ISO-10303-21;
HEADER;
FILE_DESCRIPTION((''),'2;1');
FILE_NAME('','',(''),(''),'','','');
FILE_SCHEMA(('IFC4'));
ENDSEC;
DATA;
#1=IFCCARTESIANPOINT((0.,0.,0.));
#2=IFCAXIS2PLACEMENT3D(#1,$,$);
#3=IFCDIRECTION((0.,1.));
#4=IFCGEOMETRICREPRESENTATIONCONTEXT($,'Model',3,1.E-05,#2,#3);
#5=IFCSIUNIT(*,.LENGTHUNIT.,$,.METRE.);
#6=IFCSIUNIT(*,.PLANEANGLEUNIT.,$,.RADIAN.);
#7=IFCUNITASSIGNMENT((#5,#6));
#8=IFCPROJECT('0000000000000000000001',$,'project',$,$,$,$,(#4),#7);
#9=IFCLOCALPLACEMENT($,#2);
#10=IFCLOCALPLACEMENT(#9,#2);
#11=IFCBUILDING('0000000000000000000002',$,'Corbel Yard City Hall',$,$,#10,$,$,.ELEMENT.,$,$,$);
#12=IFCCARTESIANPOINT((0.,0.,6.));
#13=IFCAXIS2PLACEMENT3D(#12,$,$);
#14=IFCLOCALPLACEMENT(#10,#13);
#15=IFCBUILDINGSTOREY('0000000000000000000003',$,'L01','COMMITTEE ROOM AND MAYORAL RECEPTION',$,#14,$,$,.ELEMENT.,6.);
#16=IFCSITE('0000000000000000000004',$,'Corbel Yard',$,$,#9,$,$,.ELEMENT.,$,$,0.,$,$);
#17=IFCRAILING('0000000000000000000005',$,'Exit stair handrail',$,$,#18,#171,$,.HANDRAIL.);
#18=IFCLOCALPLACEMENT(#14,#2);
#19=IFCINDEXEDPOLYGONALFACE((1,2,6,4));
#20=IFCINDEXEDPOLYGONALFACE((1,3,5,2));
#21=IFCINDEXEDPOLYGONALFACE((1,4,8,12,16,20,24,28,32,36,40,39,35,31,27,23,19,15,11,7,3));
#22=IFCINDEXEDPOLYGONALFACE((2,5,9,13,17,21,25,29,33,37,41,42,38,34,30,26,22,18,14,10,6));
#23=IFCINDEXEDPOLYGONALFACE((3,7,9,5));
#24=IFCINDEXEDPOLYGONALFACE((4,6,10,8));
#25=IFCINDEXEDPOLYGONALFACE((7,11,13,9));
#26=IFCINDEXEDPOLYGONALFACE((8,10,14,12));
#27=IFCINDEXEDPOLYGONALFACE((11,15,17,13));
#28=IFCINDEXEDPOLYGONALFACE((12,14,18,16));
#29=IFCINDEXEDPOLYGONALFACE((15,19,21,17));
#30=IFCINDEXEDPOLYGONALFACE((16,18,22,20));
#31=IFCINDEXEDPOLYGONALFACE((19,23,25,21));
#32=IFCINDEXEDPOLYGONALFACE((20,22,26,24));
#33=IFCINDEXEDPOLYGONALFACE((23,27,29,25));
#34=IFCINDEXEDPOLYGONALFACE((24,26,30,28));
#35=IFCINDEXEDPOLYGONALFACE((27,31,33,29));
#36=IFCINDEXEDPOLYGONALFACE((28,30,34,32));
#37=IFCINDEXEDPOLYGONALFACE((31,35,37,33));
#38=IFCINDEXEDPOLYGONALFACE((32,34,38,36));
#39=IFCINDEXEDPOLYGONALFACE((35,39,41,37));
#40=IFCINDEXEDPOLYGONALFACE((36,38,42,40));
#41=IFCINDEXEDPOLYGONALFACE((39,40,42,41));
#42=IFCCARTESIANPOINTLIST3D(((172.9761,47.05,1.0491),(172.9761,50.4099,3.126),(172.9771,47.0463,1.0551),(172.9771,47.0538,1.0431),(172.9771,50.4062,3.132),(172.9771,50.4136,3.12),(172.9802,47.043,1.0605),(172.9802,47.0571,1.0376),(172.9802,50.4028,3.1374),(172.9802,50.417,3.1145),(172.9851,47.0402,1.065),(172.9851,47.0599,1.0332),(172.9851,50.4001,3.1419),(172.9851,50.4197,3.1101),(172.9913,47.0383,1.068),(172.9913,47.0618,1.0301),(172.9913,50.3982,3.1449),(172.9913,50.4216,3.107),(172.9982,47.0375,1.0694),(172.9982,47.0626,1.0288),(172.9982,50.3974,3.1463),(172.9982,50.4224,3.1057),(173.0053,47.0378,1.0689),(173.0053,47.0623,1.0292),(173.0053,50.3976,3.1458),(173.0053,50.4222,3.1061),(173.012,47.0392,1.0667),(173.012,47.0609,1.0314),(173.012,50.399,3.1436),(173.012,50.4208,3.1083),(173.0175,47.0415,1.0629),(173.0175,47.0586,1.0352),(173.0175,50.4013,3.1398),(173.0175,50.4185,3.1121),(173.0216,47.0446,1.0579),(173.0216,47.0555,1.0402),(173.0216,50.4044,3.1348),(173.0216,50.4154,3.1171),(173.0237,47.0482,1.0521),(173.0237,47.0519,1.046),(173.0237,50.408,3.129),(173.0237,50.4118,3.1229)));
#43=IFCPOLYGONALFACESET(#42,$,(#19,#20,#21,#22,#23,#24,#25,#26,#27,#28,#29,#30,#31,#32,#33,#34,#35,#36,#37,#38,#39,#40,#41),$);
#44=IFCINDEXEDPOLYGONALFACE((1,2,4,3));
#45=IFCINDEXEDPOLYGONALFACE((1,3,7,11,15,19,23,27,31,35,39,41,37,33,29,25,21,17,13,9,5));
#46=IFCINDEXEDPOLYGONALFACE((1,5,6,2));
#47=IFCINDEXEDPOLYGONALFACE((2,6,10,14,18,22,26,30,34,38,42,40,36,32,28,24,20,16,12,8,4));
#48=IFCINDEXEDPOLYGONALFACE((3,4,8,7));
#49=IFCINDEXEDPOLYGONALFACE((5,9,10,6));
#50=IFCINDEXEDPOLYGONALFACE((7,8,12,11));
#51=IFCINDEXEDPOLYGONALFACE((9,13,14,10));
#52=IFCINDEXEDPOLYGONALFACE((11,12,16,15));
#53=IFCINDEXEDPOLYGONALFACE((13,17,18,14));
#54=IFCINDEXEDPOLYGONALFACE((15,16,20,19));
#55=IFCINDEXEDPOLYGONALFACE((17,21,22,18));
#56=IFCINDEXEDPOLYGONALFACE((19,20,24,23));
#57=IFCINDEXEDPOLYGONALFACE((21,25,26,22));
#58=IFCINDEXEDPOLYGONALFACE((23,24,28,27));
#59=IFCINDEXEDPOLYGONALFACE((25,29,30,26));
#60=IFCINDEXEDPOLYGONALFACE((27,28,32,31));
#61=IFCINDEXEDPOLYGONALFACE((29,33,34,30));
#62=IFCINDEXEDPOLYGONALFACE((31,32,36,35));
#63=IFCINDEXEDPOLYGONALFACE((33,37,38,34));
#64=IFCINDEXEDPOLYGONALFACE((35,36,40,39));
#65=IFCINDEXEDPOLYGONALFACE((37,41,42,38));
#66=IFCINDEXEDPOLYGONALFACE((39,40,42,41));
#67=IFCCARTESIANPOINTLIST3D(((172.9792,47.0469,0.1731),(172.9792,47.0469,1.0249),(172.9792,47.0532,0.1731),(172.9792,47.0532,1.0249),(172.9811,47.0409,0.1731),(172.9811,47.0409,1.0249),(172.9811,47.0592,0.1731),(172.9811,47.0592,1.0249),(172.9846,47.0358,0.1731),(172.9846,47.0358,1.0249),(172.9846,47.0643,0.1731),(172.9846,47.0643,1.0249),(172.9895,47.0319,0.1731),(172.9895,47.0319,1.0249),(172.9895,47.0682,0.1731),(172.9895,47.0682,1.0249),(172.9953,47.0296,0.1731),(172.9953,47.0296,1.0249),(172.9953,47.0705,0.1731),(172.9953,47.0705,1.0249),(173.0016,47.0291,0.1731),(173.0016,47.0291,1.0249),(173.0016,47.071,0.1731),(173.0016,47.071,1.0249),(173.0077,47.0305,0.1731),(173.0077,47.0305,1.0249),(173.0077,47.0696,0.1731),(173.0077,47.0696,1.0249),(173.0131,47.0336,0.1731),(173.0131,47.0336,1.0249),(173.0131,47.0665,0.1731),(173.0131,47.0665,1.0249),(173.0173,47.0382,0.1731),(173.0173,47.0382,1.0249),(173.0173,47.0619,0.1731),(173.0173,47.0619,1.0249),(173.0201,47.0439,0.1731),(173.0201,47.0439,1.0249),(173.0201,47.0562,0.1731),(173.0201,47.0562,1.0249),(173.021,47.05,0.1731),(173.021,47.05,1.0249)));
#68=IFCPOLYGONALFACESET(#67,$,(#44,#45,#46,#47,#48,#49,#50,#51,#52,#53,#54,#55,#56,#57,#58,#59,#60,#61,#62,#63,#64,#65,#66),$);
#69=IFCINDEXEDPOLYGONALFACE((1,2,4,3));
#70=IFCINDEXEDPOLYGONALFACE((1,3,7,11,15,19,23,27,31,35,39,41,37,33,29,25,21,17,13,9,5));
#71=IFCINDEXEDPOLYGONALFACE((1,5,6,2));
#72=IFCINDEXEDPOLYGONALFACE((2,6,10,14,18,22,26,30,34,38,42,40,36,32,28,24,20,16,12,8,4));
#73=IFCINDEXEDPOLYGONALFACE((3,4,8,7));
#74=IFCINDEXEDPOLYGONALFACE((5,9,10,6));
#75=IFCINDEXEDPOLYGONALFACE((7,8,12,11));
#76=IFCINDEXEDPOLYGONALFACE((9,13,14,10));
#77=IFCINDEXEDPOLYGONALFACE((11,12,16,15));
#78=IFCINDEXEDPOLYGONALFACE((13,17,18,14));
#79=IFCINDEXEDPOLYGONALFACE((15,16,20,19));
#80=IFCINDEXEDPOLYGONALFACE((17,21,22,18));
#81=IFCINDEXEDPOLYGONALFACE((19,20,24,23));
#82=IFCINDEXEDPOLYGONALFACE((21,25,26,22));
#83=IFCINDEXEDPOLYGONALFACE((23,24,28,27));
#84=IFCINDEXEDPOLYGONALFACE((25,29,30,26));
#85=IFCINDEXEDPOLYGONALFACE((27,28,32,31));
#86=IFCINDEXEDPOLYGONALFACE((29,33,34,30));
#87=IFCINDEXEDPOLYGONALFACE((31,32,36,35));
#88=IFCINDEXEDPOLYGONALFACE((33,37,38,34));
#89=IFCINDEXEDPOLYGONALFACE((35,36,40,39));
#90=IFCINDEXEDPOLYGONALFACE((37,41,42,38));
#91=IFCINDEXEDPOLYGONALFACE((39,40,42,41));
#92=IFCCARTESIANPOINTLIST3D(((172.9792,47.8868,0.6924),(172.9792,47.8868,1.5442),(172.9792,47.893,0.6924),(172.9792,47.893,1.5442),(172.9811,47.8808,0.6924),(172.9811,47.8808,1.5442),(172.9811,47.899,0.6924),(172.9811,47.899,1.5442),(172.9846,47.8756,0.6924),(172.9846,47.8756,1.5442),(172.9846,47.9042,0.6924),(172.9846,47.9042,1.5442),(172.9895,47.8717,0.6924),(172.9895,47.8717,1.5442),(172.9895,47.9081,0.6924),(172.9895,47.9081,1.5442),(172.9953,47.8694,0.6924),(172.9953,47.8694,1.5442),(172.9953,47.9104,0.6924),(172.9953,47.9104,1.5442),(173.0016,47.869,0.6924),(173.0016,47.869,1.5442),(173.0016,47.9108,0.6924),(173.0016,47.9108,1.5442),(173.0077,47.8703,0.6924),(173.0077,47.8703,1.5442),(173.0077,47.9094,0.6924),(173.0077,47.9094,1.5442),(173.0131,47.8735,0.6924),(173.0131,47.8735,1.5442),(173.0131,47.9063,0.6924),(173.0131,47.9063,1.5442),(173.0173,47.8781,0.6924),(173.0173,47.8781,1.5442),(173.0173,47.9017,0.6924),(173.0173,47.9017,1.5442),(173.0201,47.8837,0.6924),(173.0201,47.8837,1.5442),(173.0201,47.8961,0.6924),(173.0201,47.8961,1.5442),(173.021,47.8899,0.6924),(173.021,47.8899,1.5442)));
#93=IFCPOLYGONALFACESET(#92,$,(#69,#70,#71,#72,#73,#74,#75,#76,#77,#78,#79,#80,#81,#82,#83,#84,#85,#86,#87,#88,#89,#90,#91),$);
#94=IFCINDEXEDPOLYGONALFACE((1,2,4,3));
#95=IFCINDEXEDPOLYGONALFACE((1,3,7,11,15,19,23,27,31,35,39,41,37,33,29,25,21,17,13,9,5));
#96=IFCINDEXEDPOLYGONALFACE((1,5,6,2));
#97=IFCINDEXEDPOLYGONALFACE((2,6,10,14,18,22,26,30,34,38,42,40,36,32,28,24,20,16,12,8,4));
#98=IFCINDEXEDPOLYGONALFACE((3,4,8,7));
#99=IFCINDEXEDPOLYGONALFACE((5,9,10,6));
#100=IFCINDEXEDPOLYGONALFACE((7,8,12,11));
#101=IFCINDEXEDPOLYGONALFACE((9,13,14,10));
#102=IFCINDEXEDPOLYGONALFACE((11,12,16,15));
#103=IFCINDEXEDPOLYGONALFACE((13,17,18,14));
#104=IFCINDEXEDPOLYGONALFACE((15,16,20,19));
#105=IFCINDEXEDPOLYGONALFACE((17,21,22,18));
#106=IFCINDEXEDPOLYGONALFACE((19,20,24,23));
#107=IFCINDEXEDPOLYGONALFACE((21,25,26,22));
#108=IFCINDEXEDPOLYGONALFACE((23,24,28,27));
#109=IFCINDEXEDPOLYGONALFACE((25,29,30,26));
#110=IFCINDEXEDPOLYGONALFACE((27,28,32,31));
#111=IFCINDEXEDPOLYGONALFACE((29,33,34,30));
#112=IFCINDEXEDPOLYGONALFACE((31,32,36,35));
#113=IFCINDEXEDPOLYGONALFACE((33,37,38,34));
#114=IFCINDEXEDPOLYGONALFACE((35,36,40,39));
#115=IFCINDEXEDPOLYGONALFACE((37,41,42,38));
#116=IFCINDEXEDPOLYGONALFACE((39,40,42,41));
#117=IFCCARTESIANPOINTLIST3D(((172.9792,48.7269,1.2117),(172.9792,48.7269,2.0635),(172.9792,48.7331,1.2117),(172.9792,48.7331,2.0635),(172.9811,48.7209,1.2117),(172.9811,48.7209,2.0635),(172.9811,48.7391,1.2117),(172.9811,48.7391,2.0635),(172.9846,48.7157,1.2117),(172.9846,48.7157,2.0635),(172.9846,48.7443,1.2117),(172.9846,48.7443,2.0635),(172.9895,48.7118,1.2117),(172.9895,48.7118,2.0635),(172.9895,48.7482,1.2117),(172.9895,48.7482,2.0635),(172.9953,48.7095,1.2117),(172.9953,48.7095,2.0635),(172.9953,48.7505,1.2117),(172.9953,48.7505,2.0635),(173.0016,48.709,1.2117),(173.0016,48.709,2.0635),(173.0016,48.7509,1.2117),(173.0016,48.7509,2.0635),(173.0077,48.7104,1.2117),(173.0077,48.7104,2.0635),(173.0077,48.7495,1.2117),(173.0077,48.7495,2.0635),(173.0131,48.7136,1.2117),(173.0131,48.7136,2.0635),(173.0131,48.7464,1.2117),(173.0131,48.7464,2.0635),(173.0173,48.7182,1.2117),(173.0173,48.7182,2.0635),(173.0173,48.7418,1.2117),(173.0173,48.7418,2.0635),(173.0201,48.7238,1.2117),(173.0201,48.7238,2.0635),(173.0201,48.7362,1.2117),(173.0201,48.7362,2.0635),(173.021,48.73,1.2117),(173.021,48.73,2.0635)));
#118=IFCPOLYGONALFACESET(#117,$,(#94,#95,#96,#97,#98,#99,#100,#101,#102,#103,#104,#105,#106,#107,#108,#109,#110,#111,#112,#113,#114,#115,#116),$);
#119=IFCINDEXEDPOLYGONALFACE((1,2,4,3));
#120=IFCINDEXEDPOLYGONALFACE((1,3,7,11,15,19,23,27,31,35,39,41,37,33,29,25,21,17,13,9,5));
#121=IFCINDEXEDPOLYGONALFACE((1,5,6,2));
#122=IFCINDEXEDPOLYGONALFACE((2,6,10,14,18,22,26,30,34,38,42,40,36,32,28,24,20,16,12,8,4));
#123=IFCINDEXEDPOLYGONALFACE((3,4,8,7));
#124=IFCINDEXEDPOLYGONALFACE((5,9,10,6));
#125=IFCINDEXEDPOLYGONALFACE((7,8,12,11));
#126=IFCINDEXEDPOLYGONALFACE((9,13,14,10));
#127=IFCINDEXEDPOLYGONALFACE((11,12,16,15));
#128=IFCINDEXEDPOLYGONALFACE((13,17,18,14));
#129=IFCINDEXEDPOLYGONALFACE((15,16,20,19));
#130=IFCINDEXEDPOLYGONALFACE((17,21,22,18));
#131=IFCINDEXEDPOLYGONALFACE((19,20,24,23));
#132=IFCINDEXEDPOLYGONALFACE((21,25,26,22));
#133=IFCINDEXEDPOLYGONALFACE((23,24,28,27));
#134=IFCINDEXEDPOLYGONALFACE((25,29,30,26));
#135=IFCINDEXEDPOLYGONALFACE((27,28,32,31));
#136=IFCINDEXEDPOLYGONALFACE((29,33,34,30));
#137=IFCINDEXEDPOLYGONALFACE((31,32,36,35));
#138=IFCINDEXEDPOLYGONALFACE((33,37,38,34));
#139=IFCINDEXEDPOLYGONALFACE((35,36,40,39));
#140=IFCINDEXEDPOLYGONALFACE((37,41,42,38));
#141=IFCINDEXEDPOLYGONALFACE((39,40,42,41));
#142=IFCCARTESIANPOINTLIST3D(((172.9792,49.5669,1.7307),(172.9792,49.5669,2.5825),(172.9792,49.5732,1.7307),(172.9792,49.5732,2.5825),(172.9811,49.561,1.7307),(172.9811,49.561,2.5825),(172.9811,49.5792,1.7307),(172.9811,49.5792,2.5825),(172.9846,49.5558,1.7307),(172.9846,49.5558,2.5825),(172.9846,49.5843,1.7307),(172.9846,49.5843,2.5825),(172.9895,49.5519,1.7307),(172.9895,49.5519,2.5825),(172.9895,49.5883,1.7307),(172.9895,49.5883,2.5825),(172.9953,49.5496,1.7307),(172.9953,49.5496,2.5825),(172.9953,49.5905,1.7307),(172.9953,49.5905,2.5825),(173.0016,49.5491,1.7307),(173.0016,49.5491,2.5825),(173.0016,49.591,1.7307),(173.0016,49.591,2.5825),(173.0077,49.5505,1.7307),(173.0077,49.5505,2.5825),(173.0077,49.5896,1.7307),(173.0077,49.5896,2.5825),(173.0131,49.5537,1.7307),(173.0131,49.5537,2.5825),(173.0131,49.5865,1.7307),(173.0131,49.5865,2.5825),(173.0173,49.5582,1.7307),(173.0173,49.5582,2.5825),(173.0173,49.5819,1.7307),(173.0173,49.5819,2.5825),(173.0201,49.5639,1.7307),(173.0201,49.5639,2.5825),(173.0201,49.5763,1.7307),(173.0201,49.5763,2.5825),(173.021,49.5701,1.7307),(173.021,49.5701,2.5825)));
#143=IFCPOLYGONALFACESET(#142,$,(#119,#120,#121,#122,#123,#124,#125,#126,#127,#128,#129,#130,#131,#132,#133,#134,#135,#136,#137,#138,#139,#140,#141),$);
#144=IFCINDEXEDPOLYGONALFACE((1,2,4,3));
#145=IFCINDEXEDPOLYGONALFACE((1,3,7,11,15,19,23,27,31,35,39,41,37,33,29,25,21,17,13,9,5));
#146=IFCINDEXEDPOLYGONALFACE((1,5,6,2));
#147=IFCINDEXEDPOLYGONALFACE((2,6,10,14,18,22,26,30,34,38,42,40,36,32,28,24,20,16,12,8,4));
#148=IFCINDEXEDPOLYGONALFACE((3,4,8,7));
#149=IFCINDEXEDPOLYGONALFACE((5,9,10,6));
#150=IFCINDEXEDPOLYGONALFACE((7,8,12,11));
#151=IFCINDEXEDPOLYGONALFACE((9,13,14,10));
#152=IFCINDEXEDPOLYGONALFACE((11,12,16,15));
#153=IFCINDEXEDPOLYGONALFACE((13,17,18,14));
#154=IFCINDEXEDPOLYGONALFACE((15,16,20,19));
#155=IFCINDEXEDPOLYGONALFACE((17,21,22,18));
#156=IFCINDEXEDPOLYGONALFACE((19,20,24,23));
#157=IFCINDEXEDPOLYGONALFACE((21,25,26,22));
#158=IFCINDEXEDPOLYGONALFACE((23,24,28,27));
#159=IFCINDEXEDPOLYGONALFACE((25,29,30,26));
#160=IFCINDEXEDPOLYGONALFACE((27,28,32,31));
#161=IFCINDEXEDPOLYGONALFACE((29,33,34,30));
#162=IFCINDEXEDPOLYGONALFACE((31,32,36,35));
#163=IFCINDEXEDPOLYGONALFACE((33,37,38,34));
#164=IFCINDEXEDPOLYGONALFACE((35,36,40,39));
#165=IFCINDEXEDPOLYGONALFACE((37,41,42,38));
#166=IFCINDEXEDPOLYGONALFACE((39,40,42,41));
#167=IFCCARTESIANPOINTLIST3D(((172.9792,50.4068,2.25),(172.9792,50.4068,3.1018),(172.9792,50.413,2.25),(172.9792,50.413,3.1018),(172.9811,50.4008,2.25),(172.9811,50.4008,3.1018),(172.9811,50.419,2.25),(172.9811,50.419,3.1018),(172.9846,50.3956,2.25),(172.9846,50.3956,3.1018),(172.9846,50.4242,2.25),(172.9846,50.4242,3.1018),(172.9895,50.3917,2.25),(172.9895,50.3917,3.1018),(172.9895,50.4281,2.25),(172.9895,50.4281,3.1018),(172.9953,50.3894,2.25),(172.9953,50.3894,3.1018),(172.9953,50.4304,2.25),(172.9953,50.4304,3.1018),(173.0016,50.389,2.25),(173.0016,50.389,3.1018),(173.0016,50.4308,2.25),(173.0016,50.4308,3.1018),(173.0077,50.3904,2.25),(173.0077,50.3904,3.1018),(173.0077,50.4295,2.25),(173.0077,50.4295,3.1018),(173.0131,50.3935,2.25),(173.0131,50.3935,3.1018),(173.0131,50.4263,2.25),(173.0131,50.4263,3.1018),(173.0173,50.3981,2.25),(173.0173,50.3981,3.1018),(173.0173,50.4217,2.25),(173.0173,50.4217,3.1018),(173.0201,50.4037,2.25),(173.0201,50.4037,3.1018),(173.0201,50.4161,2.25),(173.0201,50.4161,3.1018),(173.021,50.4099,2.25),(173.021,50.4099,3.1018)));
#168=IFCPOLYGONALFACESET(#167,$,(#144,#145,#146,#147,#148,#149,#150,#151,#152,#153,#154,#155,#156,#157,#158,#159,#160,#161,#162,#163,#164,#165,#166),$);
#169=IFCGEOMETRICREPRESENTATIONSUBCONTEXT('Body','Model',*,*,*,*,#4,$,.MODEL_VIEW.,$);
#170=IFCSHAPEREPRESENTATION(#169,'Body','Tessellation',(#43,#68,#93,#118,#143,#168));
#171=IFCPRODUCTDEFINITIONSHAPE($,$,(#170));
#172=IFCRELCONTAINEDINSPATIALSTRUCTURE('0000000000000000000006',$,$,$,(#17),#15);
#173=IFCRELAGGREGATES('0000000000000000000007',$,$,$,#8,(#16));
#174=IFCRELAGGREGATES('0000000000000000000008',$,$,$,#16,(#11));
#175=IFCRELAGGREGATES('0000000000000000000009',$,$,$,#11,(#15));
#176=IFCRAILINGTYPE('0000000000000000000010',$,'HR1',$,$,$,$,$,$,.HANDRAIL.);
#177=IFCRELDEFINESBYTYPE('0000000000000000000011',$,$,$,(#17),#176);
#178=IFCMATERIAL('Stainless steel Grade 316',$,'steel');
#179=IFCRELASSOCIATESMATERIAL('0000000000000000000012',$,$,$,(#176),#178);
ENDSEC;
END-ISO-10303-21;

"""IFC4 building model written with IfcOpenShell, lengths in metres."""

from ifc_helpers import new_model, si_unit, direction, frame, origin, origin_2d, place, context, subcontext, project, spatial, circle, extrude, material, type_object, element, save


model = new_model("IFC4")

# Units and contexts
model_context = context("Model", 3, precision=1e-05, world=origin(), true_north=direction((0.0, 1.0)))
body_context = subcontext(model_context, "Body", "Model", "MODEL_VIEW")
ifc_project = project(units=[si_unit("LENGTHUNIT", "METRE"), si_unit("PLANEANGLEUNIT", "RADIAN")], contexts=[model_context])

# Site, building, storey
site_placement = place(None, origin())
site = spatial("IfcSite", under=ifc_project, at=site_placement, Name="Corbel Yard", CompositionType="ELEMENT", RefElevation=0.0)
building_placement = place(site_placement, origin())
building = spatial("IfcBuilding", under=site, at=building_placement, Name="Corbel Yard City Hall", CompositionType="ELEMENT")
storey_placement = place(building_placement, frame((0.0, 0.0, 6.0)))
storey = spatial("IfcBuildingStorey", under=building, at=storey_placement, Name="L01", Description="COMMITTEE ROOM AND MAYORAL RECEPTION", CompositionType="ELEMENT", Elevation=6.0)

# Shared definitions
ifc_material_1 = material(Name="Stainless steel Grade 316", Category="steel")

# Railing
railing_type_1 = type_object("IfcRailingType", Name="HR1", PredefinedType="HANDRAIL", material=ifc_material_1)
for number, where, name in (
    (1, (173.0, 47.05, 0.1731), "Exit stair handrail"),
):
    element("IfcRailing", number, at=place(storey_placement, frame(where)), inside=storey, type_object=railing_type_1, Name=name, PredefinedType="HANDRAIL", context=body_context, shape_type="SweptSolid", body=[
        extrude(circle(Radius=0.0239, at=origin_2d()), frame((0.0, 0.0, 0.876), z_axis=(0.0, 0.850606, 0.525803), x_axis=(-1.0, 0.0, 0.0)), (0.0, 0.0, 1.0), 3.95),
        extrude(circle(Radius=0.021, at=origin_2d()), origin(), (0.0, 0.0, 1.0), 0.8518),
        extrude(circle(Radius=0.021, at=origin_2d()), frame((0.0, 0.8398, 0.5193)), (0.0, 0.0, 1.0), 0.8518),
        extrude(circle(Radius=0.021, at=origin_2d()), frame((0.0, 1.6799, 1.0386)), (0.0, 0.0, 1.0), 0.8518),
        extrude(circle(Radius=0.021, at=origin_2d()), frame((0.0, 2.52, 1.5576)), (0.0, 0.0, 1.0), 0.8518),
        extrude(circle(Radius=0.021, at=origin_2d()), frame((0.0, 3.3599, 2.0769)), (0.0, 0.0, 1.0), 0.8518),
    ])

save(model, "model.ifc")
